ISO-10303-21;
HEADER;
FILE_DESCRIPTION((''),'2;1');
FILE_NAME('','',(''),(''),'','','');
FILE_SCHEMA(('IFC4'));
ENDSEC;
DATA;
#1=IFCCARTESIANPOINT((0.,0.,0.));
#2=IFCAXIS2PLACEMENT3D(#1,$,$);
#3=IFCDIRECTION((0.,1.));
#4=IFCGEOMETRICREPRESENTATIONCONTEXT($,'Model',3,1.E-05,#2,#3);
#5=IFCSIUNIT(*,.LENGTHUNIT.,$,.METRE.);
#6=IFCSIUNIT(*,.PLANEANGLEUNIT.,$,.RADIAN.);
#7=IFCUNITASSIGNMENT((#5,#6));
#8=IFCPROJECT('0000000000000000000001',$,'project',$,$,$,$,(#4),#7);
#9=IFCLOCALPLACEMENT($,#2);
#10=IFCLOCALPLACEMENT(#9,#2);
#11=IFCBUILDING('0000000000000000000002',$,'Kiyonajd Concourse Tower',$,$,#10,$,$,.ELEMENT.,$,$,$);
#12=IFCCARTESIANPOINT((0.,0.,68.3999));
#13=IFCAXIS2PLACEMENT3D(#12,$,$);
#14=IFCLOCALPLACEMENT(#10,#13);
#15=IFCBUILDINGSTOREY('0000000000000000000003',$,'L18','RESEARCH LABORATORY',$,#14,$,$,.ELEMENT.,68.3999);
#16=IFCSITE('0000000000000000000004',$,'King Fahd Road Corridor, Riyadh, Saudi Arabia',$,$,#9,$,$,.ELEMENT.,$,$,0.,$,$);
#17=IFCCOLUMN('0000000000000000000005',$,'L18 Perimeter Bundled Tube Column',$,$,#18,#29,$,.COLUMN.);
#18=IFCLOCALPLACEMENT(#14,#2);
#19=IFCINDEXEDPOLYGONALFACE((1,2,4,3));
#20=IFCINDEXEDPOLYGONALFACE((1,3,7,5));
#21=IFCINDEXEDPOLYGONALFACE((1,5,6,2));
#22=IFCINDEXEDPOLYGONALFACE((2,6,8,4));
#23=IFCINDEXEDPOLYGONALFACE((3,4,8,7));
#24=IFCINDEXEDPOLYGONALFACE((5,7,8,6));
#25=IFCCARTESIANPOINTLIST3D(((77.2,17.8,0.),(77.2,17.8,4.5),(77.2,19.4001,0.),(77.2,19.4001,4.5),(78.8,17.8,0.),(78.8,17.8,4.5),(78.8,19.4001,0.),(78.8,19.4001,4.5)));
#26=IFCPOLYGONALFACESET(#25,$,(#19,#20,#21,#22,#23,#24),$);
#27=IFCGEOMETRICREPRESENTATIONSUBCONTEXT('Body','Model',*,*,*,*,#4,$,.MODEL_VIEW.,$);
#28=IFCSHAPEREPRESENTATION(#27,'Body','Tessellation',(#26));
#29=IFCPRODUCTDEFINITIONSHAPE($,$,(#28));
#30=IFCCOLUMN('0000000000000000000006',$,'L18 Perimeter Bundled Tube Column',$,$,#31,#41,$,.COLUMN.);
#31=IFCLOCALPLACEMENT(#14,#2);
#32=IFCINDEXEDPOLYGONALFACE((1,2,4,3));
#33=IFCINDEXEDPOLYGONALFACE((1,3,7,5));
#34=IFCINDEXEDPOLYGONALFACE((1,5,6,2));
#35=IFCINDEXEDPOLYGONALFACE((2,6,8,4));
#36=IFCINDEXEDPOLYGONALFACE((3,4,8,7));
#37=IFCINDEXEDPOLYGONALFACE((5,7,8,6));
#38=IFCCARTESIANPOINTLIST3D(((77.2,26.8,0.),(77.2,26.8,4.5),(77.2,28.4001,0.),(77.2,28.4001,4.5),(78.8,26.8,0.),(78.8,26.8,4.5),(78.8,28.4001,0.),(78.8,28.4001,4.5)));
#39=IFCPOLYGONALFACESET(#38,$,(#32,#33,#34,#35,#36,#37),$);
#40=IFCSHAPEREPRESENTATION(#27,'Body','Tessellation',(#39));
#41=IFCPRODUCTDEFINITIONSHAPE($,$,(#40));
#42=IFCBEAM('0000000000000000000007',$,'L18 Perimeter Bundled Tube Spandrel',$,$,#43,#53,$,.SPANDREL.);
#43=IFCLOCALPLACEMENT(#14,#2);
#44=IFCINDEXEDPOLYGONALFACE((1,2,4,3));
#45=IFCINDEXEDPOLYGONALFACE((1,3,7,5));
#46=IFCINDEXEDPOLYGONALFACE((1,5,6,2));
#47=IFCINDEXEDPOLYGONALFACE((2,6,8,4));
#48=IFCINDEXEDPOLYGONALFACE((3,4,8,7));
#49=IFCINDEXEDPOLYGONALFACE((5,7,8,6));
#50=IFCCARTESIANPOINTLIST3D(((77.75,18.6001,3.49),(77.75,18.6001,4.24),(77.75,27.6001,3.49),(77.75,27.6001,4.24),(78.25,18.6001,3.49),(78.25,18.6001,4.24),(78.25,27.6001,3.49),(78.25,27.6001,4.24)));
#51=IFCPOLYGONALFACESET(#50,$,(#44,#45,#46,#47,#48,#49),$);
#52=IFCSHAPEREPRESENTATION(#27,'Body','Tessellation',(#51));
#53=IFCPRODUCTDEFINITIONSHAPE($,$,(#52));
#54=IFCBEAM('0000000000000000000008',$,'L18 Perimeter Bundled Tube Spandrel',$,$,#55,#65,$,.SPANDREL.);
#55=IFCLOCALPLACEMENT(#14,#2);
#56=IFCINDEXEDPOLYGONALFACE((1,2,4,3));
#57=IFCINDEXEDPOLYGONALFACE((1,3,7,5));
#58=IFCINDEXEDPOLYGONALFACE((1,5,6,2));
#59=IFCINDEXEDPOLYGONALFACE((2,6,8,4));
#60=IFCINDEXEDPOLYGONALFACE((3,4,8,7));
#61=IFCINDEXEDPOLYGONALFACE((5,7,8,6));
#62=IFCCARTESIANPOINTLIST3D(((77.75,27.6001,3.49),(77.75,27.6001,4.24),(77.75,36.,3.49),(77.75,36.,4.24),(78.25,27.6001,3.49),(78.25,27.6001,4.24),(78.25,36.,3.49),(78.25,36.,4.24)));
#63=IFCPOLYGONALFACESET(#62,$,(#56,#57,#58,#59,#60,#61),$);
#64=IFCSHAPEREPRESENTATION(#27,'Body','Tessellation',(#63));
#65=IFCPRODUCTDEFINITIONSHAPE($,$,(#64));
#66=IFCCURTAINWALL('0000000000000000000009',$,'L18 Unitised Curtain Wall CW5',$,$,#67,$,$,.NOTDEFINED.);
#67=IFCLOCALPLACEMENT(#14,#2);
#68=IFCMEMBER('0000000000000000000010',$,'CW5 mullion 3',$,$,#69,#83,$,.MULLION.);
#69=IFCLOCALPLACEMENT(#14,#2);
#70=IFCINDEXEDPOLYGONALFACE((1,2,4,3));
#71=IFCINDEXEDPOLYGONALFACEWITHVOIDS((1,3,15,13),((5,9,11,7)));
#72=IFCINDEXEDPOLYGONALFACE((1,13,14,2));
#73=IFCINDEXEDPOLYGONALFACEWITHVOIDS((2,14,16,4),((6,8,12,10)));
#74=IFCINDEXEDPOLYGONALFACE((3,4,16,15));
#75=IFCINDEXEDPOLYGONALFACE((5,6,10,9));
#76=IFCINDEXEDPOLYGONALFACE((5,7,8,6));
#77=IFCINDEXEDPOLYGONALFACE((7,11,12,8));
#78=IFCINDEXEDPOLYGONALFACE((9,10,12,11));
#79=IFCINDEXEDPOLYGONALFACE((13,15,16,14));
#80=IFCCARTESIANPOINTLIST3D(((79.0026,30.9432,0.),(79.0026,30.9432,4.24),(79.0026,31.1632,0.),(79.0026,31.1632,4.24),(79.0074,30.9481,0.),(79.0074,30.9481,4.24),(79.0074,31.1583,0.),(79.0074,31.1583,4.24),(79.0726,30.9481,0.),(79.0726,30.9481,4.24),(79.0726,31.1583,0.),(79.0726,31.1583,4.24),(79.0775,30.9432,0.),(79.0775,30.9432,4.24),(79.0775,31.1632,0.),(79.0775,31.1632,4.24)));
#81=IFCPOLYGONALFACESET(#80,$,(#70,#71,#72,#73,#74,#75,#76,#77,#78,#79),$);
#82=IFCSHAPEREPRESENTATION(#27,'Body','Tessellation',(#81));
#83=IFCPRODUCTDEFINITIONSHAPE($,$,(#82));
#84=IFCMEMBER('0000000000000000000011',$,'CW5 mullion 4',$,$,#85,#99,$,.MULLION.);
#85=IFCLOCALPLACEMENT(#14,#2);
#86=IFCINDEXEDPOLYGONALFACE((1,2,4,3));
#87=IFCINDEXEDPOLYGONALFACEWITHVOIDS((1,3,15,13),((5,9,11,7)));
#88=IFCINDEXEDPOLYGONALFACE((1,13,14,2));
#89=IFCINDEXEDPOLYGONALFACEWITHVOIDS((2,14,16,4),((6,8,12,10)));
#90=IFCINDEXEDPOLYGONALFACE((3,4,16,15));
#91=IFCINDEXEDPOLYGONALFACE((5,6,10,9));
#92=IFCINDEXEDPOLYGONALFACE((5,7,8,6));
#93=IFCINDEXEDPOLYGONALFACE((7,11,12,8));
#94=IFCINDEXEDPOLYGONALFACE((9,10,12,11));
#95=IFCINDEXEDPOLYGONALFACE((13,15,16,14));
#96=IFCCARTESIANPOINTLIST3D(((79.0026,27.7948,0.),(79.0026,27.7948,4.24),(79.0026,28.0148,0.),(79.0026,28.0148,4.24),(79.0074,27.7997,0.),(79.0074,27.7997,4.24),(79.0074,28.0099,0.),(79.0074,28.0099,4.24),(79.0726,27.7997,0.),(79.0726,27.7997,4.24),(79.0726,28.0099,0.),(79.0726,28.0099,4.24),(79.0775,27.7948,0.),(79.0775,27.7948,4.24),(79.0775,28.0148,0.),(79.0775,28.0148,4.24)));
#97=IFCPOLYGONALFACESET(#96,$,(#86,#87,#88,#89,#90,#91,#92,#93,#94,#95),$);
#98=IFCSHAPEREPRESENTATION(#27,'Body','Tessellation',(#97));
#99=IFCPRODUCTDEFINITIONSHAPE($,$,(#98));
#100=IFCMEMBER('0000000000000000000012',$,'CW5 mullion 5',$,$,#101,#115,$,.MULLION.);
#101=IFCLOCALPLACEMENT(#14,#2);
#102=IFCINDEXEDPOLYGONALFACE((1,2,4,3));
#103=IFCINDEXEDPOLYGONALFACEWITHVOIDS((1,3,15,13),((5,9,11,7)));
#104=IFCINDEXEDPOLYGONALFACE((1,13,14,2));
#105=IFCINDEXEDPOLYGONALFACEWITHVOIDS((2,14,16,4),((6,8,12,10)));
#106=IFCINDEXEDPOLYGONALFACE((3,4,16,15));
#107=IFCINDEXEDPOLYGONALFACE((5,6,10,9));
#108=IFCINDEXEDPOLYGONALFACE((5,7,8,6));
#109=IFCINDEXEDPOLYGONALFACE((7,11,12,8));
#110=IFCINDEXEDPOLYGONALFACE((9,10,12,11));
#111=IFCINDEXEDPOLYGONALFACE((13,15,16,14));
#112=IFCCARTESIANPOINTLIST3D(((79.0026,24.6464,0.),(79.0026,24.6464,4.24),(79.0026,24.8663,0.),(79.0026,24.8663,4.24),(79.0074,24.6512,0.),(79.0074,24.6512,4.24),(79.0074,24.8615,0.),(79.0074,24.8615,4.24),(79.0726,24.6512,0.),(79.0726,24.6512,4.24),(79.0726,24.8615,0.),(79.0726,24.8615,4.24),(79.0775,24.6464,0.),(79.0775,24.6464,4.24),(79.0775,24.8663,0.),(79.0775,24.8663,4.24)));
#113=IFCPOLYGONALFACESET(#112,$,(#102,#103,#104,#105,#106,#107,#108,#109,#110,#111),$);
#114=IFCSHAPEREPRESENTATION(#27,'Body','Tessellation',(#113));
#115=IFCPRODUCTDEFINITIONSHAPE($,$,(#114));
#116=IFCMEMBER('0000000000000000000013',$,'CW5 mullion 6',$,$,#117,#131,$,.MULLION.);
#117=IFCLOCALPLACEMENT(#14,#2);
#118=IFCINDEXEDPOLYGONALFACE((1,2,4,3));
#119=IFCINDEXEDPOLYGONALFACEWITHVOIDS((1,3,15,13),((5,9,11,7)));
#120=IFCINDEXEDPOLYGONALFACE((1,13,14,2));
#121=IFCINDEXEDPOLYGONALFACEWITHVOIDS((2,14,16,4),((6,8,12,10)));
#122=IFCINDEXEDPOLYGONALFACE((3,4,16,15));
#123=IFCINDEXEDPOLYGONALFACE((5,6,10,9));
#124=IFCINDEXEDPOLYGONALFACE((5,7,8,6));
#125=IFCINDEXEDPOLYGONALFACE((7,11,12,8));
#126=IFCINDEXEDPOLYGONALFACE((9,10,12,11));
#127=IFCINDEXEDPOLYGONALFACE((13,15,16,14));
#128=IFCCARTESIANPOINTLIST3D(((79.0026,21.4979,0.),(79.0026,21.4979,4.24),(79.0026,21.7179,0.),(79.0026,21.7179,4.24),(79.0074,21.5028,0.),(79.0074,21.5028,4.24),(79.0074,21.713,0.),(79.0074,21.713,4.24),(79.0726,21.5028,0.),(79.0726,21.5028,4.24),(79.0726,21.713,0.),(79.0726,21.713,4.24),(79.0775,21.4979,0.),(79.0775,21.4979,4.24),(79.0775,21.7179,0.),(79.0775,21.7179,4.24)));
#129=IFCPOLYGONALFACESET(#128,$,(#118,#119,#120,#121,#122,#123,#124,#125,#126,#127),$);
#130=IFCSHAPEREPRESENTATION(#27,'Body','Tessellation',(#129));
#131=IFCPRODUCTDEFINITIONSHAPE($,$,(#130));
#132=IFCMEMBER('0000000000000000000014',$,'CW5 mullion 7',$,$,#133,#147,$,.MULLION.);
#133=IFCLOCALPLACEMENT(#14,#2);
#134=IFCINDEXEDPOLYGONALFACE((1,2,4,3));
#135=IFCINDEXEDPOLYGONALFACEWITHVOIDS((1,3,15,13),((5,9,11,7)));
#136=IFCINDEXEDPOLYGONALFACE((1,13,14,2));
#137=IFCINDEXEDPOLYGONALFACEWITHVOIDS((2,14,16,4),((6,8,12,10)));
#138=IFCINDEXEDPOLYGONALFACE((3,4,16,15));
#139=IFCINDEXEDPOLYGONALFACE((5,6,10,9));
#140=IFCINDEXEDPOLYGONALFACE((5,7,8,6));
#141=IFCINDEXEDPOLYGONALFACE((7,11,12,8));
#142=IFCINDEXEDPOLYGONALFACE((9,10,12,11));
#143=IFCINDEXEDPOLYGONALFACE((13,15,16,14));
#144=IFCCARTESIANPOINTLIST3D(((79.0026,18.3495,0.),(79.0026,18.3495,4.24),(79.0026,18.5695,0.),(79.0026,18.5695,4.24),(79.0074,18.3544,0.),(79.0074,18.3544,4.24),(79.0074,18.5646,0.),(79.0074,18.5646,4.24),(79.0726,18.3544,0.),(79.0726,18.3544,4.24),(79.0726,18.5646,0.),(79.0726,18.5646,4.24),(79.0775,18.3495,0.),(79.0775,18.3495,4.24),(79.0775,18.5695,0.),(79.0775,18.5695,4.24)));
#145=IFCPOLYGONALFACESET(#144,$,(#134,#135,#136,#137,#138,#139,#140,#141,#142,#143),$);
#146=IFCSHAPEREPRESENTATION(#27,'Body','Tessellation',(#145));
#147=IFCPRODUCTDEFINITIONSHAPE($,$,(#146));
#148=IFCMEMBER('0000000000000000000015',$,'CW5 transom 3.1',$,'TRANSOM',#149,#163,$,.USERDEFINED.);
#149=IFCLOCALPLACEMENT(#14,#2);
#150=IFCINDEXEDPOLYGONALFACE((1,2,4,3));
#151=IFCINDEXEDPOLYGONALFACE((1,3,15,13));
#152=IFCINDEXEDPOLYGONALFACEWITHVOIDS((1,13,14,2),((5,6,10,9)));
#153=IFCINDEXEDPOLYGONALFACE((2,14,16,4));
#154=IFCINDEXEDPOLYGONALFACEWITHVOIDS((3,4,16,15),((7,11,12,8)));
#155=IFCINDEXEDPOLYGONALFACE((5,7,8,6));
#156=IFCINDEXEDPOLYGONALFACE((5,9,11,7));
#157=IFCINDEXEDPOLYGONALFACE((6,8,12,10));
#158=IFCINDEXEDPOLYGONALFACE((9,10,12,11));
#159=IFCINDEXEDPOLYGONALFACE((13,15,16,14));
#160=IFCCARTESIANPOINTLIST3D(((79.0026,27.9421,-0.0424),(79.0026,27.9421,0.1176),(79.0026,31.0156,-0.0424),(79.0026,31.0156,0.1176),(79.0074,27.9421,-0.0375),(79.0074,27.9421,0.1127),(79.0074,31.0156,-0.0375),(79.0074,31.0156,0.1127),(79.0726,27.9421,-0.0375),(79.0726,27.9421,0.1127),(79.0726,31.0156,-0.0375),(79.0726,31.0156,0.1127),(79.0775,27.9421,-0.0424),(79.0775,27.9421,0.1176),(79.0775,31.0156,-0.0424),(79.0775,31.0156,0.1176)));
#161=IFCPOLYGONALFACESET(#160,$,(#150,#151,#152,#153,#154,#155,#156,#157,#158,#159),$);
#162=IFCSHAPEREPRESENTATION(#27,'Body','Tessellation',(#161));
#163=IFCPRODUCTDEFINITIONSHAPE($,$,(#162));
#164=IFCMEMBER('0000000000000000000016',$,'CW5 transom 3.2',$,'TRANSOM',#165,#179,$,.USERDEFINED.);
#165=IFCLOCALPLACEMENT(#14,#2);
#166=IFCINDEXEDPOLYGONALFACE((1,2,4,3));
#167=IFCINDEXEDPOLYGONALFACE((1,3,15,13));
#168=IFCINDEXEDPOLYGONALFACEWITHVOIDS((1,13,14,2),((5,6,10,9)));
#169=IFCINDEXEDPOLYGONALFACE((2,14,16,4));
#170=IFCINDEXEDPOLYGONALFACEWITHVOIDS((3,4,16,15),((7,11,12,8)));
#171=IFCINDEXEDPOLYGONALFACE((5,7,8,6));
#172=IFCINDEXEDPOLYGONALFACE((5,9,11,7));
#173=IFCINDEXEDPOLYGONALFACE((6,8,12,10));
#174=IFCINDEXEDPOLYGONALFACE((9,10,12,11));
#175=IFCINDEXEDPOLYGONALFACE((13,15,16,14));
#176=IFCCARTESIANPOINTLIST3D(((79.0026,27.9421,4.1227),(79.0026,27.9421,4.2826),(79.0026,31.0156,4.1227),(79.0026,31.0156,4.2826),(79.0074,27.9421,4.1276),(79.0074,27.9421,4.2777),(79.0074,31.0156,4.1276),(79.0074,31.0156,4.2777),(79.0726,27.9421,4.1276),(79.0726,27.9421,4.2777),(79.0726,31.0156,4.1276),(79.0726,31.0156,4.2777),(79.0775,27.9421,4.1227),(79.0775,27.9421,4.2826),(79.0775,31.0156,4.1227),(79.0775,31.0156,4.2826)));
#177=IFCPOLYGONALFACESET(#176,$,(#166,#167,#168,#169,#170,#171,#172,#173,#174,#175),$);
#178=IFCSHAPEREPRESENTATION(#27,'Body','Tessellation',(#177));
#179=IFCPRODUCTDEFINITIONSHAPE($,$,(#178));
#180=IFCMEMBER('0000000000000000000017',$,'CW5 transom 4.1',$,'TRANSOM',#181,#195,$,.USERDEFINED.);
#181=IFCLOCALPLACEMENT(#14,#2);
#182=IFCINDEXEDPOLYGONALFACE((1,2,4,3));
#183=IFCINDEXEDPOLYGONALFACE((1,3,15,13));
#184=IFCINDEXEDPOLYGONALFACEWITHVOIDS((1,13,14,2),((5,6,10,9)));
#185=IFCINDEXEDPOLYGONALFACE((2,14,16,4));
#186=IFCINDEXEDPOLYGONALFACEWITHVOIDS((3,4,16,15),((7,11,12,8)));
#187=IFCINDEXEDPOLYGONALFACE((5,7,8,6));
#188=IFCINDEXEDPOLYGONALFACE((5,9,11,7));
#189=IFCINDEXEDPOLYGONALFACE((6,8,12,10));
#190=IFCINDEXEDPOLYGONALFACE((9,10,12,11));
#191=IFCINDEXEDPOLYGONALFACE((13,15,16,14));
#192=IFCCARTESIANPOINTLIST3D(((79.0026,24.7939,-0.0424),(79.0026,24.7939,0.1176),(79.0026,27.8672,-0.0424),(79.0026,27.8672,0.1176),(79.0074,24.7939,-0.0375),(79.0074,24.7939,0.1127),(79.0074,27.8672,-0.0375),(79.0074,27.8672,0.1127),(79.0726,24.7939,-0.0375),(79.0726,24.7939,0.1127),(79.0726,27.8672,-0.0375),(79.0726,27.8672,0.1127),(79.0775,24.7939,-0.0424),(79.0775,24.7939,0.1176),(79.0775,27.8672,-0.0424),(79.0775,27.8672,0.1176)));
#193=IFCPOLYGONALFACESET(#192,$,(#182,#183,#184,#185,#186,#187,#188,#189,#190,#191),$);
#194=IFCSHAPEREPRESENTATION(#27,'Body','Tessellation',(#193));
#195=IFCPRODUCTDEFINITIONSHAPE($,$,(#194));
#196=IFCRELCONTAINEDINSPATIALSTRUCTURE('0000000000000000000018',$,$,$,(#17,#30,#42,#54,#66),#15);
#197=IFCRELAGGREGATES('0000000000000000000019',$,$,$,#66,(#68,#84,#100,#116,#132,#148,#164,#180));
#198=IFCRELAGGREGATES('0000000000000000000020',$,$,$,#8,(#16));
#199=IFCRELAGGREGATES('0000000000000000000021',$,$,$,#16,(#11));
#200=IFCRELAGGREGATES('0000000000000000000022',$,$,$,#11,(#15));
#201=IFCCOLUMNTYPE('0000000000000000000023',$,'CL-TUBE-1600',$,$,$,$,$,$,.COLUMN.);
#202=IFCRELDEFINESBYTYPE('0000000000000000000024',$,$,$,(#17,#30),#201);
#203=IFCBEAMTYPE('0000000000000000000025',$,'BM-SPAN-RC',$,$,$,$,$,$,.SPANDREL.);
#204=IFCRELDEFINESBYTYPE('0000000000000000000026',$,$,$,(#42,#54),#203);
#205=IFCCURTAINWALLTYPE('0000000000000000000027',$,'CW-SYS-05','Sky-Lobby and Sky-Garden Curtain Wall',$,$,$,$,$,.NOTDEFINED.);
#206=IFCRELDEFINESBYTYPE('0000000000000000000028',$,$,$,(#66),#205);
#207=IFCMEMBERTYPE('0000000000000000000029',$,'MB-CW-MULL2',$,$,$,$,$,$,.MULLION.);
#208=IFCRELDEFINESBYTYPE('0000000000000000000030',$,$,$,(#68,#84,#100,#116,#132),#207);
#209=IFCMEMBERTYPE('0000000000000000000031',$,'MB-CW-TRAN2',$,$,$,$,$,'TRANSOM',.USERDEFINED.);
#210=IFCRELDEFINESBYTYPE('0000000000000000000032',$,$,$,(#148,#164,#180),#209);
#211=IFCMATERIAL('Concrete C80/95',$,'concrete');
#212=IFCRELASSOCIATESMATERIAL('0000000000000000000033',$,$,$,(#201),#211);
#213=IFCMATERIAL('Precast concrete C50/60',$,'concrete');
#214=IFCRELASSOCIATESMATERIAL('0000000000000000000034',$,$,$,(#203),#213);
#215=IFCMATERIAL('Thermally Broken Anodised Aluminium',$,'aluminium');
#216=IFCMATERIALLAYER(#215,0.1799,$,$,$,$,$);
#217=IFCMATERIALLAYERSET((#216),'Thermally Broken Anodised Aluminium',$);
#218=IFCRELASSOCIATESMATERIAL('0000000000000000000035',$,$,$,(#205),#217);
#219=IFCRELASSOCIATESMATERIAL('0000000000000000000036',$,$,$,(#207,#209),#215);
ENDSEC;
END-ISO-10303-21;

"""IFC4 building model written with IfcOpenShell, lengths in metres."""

from ifc_helpers import new_model, si_unit, direction, frame, origin, origin_2d, place, context, subcontext, project, spatial, rectangle, hollow_rectangle, extrude, material, layer, layer_set, material_profile, profile_set, type_object, element, aggregate, save


model = new_model("IFC4")

# Units and contexts
model_context = context("Model", 3, precision=1e-05, world=origin(), true_north=direction((0.0, 1.0)))
body_context = subcontext(model_context, "Body", "Model", "MODEL_VIEW")
ifc_project = project(units=[si_unit("LENGTHUNIT", "METRE"), si_unit("PLANEANGLEUNIT", "RADIAN")], contexts=[model_context])

# Site, building, storey
site_placement = place(None, origin())
site = spatial("IfcSite", under=ifc_project, at=site_placement, Name="King Fahd Road Corridor, Riyadh, Saudi Arabia", CompositionType="ELEMENT", RefElevation=0.0)
building_placement = place(site_placement, origin())
building = spatial("IfcBuilding", under=site, at=building_placement, Name="Kiyonajd Concourse Tower", CompositionType="ELEMENT")
storey_placement = place(building_placement, frame((0.0, 0.0, 68.3999)))
storey = spatial("IfcBuildingStorey", under=building, at=storey_placement, Name="L18", Description="RESEARCH LABORATORY", CompositionType="ELEMENT", Elevation=68.3999)

# Columns
ifc_material_1 = material(Name="Concrete C80/95", Category="concrete")
ifc_material_profile_1 = material_profile(ifc_material_1, rectangle(XDim=1.6001, YDim=1.6001, at=origin_2d()), Name="RC-1600x1600")
ifc_profile_set_1 = profile_set([ifc_material_profile_1], Name="Concrete C80/95")
column_type = type_object("IfcColumnType", Name="CL-TUBE-1600", PredefinedType="COLUMN", material=ifc_profile_set_1)
for number, where, z_axis, x_axis, name in (
    (1, (78.0, 18.6001, 0.0), (0.0, 0.0, 1.0), (1.0, 0.0, 0.0), "L18 Perimeter Bundled Tube Column"),
    (2, (78.0, 27.6001, 0.0), (0.0, 0.0, 1.0), (1.0, 0.0, 0.0), "L18 Perimeter Bundled Tube Column"),
):
    element("IfcColumn", number, at=place(storey_placement, frame(where, z_axis=z_axis, x_axis=x_axis)), inside=storey, type_object=column_type, Name=name, PredefinedType="COLUMN", context=body_context, shape_type="SweptSolid", body=[
        extrude(rectangle(XDim=1.6001, YDim=1.6001, at=origin_2d()), origin(), (0.0, 0.0, 1.0), 4.5),
    ])

# Beams
ifc_material_2 = material(Name="Precast concrete C50/60", Category="concrete")
ifc_material_profile_2 = material_profile(ifc_material_2, rectangle(XDim=0.5, YDim=0.75, at=origin_2d()), Name="RCBM-500x750")
ifc_profile_set_2 = profile_set([ifc_material_profile_2], Name="Precast concrete C50/60")
beam_type = type_object("IfcBeamType", Name="BM-SPAN-RC", PredefinedType="SPANDREL", material=ifc_profile_set_2)
beam_1_placement = place(storey_placement, frame((78.0, 18.6001, 3.865), z_axis=(0.0, 1.0, 0.0), x_axis=(-1.0, 0.0, 0.0)))
element("IfcBeam", 3, at=beam_1_placement, inside=storey, type_object=beam_type, Name="L18 Perimeter Bundled Tube Spandrel", PredefinedType="SPANDREL", context=body_context, shape_type="SweptSolid", body=[
    extrude(rectangle(XDim=0.5, YDim=0.75, at=origin_2d()), origin(), (0.0, 0.0, 1.0), 9.0),
])
beam_2_placement = place(storey_placement, frame((78.0, 27.6001, 3.865), z_axis=(0.0, 1.0, 0.0), x_axis=(-1.0, 0.0, 0.0)))
element("IfcBeam", 4, at=beam_2_placement, inside=storey, type_object=beam_type, Name="L18 Perimeter Bundled Tube Spandrel", PredefinedType="SPANDREL", context=body_context, shape_type="SweptSolid", body=[
    extrude(rectangle(XDim=0.5, YDim=0.75, at=origin_2d()), origin(), (0.0, 0.0, 1.0), 8.3999),
])

# Curtain wall, members
ifc_material_3 = material(Name="Thermally Broken Anodised Aluminium", Category="aluminium")
ifc_layer_1 = layer(ifc_material_3, 0.1799)
ifc_layer_set_1 = layer_set([ifc_layer_1], Name="Thermally Broken Anodised Aluminium")
curtain_wall_type = type_object("IfcCurtainWallType", Name="CW-SYS-05", Description="Sky-Lobby and Sky-Garden Curtain Wall", PredefinedType="NOTDEFINED", material=ifc_layer_set_1)
curtain_wall_placement = place(storey_placement, origin())
curtain_wall = element("IfcCurtainWall", 5, at=curtain_wall_placement, inside=storey, type_object=curtain_wall_type, Name="L18 Unitised Curtain Wall CW5", PredefinedType="NOTDEFINED")
ifc_material_profile_3 = material_profile(ifc_material_3, hollow_rectangle(XDim=0.075, YDim=0.22, WallThickness=0.0049, at=origin_2d()), Name="MULL-75x220")
ifc_profile_set_3 = profile_set([ifc_material_profile_3], Name="Thermally Broken Anodised Aluminium")
member_type_1 = type_object("IfcMemberType", Name="MB-CW-MULL2", PredefinedType="MULLION", material=ifc_profile_set_3)
member_1_placement = place(storey_placement, frame((79.04, 31.0532, 0.0), z_axis=(0.0, 0.0, 1.0), x_axis=(1.0, 0.0, 0.0)))
member_1 = element("IfcMember", 6, at=member_1_placement, type_object=member_type_1, Name="CW5 mullion 3", PredefinedType="MULLION", context=body_context, shape_type="SweptSolid", body=[
    extrude(hollow_rectangle(XDim=0.075, YDim=0.22, WallThickness=0.0049, at=origin_2d()), origin(), (0.0, 0.0, 1.0), 4.24),
])
member_2_placement = place(storey_placement, frame((79.04, 27.9048, 0.0), z_axis=(0.0, 0.0, 1.0), x_axis=(1.0, 0.0, 0.0)))
member_2 = element("IfcMember", 7, at=member_2_placement, type_object=member_type_1, Name="CW5 mullion 4", PredefinedType="MULLION", context=body_context, shape_type="SweptSolid", body=[
    extrude(hollow_rectangle(XDim=0.075, YDim=0.22, WallThickness=0.0049, at=origin_2d()), origin(), (0.0, 0.0, 1.0), 4.24),
])
member_3_placement = place(storey_placement, frame((79.04, 24.7563, 0.0), z_axis=(0.0, 0.0, 1.0), x_axis=(1.0, 0.0, 0.0)))
member_3 = element("IfcMember", 8, at=member_3_placement, type_object=member_type_1, Name="CW5 mullion 5", PredefinedType="MULLION", context=body_context, shape_type="SweptSolid", body=[
    extrude(hollow_rectangle(XDim=0.075, YDim=0.22, WallThickness=0.0049, at=origin_2d()), origin(), (0.0, 0.0, 1.0), 4.24),
])
member_4_placement = place(storey_placement, frame((79.04, 21.6079, 0.0), z_axis=(0.0, 0.0, 1.0), x_axis=(1.0, 0.0, 0.0)))
member_4 = element("IfcMember", 9, at=member_4_placement, type_object=member_type_1, Name="CW5 mullion 6", PredefinedType="MULLION", context=body_context, shape_type="SweptSolid", body=[
    extrude(hollow_rectangle(XDim=0.075, YDim=0.22, WallThickness=0.0049, at=origin_2d()), origin(), (0.0, 0.0, 1.0), 4.24),
])
member_5_placement = place(storey_placement, frame((79.04, 18.4595, 0.0), z_axis=(0.0, 0.0, 1.0), x_axis=(1.0, 0.0, 0.0)))
member_5 = element("IfcMember", 10, at=member_5_placement, type_object=member_type_1, Name="CW5 mullion 7", PredefinedType="MULLION", context=body_context, shape_type="SweptSolid", body=[
    extrude(hollow_rectangle(XDim=0.075, YDim=0.22, WallThickness=0.0049, at=origin_2d()), origin(), (0.0, 0.0, 1.0), 4.24),
])
ifc_material_profile_4 = material_profile(ifc_material_3, hollow_rectangle(XDim=0.075, YDim=0.1599, WallThickness=0.0049, at=origin_2d()), Name="TRAN-75x160")
ifc_profile_set_4 = profile_set([ifc_material_profile_4], Name="Thermally Broken Anodised Aluminium")
member_type_2 = type_object("IfcMemberType", Name="MB-CW-TRAN2", ElementType="TRANSOM", PredefinedType="USERDEFINED", material=ifc_profile_set_4)
member_6_placement = place(storey_placement, frame((79.04, 31.0156, 0.0376), z_axis=(0.0, -1.0, 0.0), x_axis=(1.0, 0.0, 0.0)))
member_6 = element("IfcMember", 11, at=member_6_placement, type_object=member_type_2, Name="CW5 transom 3.1", ObjectType="TRANSOM", PredefinedType="USERDEFINED", context=body_context, shape_type="SweptSolid", body=[
    extrude(hollow_rectangle(XDim=0.075, YDim=0.1599, WallThickness=0.0049, at=origin_2d()), origin(), (0.0, 0.0, 1.0), 3.0735),
])
member_7_placement = place(storey_placement, frame((79.04, 31.0156, 4.2026), z_axis=(0.0, -1.0, 0.0), x_axis=(1.0, 0.0, 0.0)))
member_7 = element("IfcMember", 12, at=member_7_placement, type_object=member_type_2, Name="CW5 transom 3.2", ObjectType="TRANSOM", PredefinedType="USERDEFINED", context=body_context, shape_type="SweptSolid", body=[
    extrude(hollow_rectangle(XDim=0.075, YDim=0.1599, WallThickness=0.0049, at=origin_2d()), origin(), (0.0, 0.0, 1.0), 3.0735),
])
member_8_placement = place(storey_placement, frame((79.04, 27.8672, 0.0376), z_axis=(0.0, -1.0, 0.0), x_axis=(1.0, 0.0, 0.0)))
member_8 = element("IfcMember", 13, at=member_8_placement, type_object=member_type_2, Name="CW5 transom 4.1", ObjectType="TRANSOM", PredefinedType="USERDEFINED", context=body_context, shape_type="SweptSolid", body=[
    extrude(hollow_rectangle(XDim=0.075, YDim=0.1599, WallThickness=0.0049, at=origin_2d()), origin(), (0.0, 0.0, 1.0), 3.0732),
])
aggregate(curtain_wall, [member_1, member_2, member_3, member_4, member_5, member_6, member_7, member_8])

save(model, "model.ifc")
